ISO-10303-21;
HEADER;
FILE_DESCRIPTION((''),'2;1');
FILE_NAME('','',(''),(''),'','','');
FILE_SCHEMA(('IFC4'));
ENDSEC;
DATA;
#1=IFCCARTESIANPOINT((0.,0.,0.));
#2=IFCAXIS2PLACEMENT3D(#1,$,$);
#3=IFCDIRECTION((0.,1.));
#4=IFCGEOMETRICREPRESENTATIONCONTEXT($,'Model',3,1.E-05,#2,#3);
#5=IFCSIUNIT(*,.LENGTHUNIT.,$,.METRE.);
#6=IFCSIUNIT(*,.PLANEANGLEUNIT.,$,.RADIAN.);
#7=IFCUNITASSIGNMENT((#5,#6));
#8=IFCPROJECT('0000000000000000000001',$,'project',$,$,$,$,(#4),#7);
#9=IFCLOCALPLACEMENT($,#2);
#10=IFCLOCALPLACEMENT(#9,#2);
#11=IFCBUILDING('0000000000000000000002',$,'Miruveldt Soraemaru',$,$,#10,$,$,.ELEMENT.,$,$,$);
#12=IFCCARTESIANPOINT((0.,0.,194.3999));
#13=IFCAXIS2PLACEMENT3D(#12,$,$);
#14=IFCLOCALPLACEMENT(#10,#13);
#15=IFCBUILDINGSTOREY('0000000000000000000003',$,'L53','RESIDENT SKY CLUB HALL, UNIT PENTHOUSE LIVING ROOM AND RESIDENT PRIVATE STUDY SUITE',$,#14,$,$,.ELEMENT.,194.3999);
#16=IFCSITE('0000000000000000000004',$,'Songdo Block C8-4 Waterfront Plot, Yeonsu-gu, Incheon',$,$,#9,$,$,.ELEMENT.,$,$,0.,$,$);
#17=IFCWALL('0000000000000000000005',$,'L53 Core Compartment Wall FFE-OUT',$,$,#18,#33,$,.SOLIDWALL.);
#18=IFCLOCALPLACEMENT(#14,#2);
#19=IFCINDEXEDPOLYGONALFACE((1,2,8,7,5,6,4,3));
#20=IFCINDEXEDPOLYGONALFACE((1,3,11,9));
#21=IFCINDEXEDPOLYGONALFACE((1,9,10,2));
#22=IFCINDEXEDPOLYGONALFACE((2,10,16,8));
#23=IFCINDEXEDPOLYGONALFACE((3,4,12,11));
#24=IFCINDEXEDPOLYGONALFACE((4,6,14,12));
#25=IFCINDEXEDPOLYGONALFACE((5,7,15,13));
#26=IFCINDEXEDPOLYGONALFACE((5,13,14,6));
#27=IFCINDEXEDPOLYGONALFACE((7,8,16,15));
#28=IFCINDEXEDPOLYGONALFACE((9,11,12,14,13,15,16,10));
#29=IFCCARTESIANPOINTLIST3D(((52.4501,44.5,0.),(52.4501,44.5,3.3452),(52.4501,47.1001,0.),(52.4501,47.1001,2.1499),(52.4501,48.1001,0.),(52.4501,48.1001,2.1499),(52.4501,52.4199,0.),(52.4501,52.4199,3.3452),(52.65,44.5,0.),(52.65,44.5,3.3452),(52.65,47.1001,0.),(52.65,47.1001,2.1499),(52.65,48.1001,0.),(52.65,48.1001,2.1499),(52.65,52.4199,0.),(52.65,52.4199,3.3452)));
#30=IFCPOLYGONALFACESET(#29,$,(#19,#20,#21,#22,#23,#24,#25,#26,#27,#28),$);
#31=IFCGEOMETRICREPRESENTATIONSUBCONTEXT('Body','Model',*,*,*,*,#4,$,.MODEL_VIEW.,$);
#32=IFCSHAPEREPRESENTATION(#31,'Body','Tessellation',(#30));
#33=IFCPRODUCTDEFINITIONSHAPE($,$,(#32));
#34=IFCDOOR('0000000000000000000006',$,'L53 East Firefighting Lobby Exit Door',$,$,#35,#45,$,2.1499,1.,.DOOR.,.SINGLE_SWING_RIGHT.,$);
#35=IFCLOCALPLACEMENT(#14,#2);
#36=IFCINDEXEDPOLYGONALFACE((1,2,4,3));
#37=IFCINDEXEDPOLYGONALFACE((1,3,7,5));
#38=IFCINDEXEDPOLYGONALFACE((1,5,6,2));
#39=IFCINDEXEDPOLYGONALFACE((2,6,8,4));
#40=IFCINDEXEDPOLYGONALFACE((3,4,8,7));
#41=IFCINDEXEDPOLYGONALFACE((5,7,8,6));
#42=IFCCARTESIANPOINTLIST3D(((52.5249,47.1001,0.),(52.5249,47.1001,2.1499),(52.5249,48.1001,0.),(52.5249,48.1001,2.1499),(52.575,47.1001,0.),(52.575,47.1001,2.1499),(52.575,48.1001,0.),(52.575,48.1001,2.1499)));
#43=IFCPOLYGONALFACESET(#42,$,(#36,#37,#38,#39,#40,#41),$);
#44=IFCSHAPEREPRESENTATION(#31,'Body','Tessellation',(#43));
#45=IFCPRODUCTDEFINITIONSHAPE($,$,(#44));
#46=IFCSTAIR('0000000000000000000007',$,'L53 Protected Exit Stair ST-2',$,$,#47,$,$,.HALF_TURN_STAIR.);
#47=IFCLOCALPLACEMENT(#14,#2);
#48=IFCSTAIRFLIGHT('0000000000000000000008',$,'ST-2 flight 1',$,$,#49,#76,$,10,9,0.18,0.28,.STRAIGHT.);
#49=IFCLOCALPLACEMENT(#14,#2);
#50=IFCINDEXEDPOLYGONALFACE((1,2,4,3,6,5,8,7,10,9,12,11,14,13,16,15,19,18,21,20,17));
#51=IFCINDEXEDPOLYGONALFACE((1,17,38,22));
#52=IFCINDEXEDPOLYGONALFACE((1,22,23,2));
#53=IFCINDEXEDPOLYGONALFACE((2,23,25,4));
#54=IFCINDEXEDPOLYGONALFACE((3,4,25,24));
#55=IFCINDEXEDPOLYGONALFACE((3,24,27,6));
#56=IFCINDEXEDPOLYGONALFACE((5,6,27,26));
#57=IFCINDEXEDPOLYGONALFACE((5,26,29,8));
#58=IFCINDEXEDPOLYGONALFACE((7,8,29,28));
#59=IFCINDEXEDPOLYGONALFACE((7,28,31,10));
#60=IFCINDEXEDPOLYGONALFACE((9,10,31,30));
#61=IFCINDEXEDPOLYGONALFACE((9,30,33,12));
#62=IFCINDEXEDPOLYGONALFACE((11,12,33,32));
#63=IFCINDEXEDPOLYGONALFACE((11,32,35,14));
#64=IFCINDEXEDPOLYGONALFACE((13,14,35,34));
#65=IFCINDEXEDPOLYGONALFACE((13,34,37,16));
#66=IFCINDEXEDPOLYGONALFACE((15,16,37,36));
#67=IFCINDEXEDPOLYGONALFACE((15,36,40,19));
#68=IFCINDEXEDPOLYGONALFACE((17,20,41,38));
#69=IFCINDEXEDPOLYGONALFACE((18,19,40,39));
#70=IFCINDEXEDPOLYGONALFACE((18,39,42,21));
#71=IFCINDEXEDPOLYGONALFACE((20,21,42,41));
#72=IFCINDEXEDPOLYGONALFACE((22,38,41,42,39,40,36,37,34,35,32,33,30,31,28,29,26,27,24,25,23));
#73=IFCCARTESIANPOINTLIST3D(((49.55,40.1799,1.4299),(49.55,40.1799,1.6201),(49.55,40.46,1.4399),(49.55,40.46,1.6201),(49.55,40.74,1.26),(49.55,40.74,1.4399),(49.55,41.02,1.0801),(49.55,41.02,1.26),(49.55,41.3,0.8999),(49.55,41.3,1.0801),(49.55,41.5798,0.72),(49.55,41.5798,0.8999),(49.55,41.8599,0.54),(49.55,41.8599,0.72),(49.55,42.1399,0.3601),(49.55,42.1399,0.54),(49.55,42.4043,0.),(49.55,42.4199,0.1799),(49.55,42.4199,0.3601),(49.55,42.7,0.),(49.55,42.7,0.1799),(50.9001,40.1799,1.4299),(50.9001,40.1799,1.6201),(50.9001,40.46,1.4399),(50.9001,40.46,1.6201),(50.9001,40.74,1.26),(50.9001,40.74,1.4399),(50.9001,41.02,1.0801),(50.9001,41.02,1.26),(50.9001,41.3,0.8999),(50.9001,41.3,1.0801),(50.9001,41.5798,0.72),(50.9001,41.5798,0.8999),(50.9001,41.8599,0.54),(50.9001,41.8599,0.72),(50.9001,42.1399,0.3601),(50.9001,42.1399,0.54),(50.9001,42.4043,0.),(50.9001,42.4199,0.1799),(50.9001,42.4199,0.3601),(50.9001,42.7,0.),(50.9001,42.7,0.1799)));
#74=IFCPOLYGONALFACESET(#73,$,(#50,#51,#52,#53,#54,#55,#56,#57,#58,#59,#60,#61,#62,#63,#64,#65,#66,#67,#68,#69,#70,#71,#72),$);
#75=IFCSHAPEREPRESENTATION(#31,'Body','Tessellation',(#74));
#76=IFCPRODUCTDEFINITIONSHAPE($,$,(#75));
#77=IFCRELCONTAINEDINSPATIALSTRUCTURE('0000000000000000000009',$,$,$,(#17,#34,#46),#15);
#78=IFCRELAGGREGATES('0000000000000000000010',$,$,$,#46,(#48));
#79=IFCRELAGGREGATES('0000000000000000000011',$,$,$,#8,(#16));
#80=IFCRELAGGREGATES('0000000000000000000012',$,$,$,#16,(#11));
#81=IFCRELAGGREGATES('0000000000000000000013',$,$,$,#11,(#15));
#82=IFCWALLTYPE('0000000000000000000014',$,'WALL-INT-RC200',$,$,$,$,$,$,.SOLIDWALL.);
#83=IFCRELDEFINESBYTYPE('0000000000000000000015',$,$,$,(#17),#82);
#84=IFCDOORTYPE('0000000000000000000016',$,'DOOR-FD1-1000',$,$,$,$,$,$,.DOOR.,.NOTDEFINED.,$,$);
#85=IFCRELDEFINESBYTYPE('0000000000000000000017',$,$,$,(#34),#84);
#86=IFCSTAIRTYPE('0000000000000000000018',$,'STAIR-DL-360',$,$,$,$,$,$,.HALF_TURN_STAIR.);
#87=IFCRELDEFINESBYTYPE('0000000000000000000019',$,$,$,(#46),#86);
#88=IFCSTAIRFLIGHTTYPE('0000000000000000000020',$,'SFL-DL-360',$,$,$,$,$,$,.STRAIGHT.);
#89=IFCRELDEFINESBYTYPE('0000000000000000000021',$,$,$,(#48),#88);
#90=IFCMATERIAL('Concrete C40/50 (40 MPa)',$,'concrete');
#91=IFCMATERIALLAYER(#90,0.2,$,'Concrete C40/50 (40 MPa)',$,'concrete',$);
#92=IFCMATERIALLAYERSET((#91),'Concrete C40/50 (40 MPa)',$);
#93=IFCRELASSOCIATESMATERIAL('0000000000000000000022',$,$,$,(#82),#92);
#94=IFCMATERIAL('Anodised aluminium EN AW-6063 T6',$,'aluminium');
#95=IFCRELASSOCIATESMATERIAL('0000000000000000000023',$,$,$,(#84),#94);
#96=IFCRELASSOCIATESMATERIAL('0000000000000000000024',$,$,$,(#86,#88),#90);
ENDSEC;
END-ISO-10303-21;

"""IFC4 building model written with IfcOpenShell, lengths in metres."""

from ifc_helpers import new_model, si_unit, direction, frame, frame_2d, origin, place, context, subcontext, project, spatial, polyline, rectangle, outline, extrude, material, layer, layer_set, type_object, element, fill, aggregate, save


model = new_model("IFC4")

# Units and contexts
model_context = context("Model", 3, precision=1e-05, world=origin(), true_north=direction((0.0, 1.0)))
body_context = subcontext(model_context, "Body", "Model", "MODEL_VIEW")
ifc_project = project(units=[si_unit("LENGTHUNIT", "METRE"), si_unit("PLANEANGLEUNIT", "RADIAN")], contexts=[model_context])

# Site, building, storey
site_placement = place(None, origin())
site = spatial("IfcSite", under=ifc_project, at=site_placement, Name="Songdo Block C8-4 Waterfront Plot, Yeonsu-gu, Incheon", CompositionType="ELEMENT", RefElevation=0.0)
building_placement = place(site_placement, origin())
building = spatial("IfcBuilding", under=site, at=building_placement, Name="Miruveldt Soraemaru", CompositionType="ELEMENT")
storey_placement = place(building_placement, frame((0.0, 0.0, 194.3999)))
storey = spatial("IfcBuildingStorey", under=building, at=storey_placement, Name="L53", Description="RESIDENT SKY CLUB HALL, UNIT PENTHOUSE LIVING ROOM AND RESIDENT PRIVATE STUDY SUITE", CompositionType="ELEMENT", Elevation=194.3999)

# Shared definitions
ifc_material_1 = material(Name="Anodised aluminium EN AW-6063 T6", Category="aluminium")

# Wall, opening, door
ifc_material_2 = material(Name="Concrete C40/50 (40 MPa)", Category="concrete")
ifc_layer_1 = layer(ifc_material_2, 0.2, Name="Concrete C40/50 (40 MPa)", Category="concrete")
ifc_layer_set_1 = layer_set([ifc_layer_1], Name="Concrete C40/50 (40 MPa)")
wall_type_1 = type_object("IfcWallType", Name="WALL-INT-RC200", PredefinedType="SOLIDWALL", material=ifc_layer_set_1)
wall_1_placement = place(storey_placement, frame((52.55, 44.5, 0.0), z_axis=(0.0, 0.0, 1.0), x_axis=(0.0, 1.0, 0.0)))
wall_1 = element("IfcWall", 1, at=wall_1_placement, inside=storey, type_object=wall_type_1, Name="L53 Core Compartment Wall FFE-OUT", PredefinedType="SOLIDWALL", context=body_context, shape_type="SweptSolid", body=[
    extrude(rectangle(XDim=7.9199, YDim=0.2, at=frame_2d((3.96, 0.0))), origin(), (0.0, 0.0, 1.0), 3.3452),
])
opening_1_placement = place(wall_1_placement, frame((2.6001, 0.0, 0.0)))
opening_1 = element("IfcOpeningElement", 2, at=opening_1_placement, cuts=wall_1, PredefinedType="OPENING", context=body_context, shape_type="SweptSolid", body=[
    extrude(rectangle(XDim=1.0, YDim=2.1499, at=frame_2d((0.5, 1.075))), frame((0.0, 0.1099, 0.0), z_axis=(0.0, -1.0, 0.0), x_axis=(1.0, 0.0, 0.0)), (0.0, 0.0, 1.0), 0.22),
])
door_type_1 = type_object("IfcDoorType", Name="DOOR-FD1-1000", OperationType="NOTDEFINED", PredefinedType="DOOR", material=ifc_material_1)
door_1_placement = place(opening_1_placement, frame((1.0, 0.0, 0.0), z_axis=(0.0, 0.0, 1.0), x_axis=(-1.0, 0.0, 0.0)))
door_1 = element("IfcDoor", 3, at=door_1_placement, inside=storey, type_object=door_type_1, Name="L53 East Firefighting Lobby Exit Door", OperationType="SINGLE_SWING_RIGHT", OverallHeight=2.1499, OverallWidth=1.0, PredefinedType="DOOR", context=body_context, shape_type="SweptSolid", body=[
    extrude(rectangle(XDim=1.0, YDim=2.1499, at=frame_2d((0.5, 1.075))), frame((0.0, 0.0249, 0.0), z_axis=(0.0, -1.0, 0.0), x_axis=(1.0, 0.0, 0.0)), (0.0, 0.0, 1.0), 0.05),
])
fill(opening_1, door_1)

# Stair, stair flight
stair_type = type_object("IfcStairType", Name="STAIR-DL-360", PredefinedType="HALF_TURN_STAIR", material=ifc_material_2)
stair_placement = place(storey_placement, origin())
stair = element("IfcStair", 4, at=stair_placement, inside=storey, type_object=stair_type, Name="L53 Protected Exit Stair ST-2", PredefinedType="HALF_TURN_STAIR")
stair_flight_type = type_object("IfcStairFlightType", Name="SFL-DL-360", PredefinedType="STRAIGHT", material=ifc_material_2)
stair_flight_placement = place(storey_placement, frame((50.2251, 42.7, 0.0), z_axis=(0.0, 0.0, 1.0), x_axis=(0.0, -1.0, 0.0)))
stair_flight = element("IfcStairFlight", 5, at=stair_flight_placement, type_object=stair_flight_type, Name="ST-2 flight 1", NumberOfRisers=10, NumberOfTreads=9, PredefinedType="STRAIGHT", RiserHeight=0.18, TreadLength=0.28, context=body_context, shape_type="SweptSolid", body=[
    extrude(outline(polyline([(0.0, 0.0), (0.0, 0.1799), (0.28, 0.1799), (0.28, 0.3601), (0.5601, 0.3601), (0.5601, 0.54), (0.8401, 0.54), (0.8401, 0.72), (1.1201, 0.72), (1.1201, 0.8999), (1.3999, 0.8999), (1.3999, 1.0801), (1.6799, 1.0801), (1.6799, 1.26), (1.96, 1.26), (1.96, 1.4399), (2.24, 1.4399), (2.24, 1.6201), (2.52, 1.6201), (2.52, 1.8), (2.52, 1.4299), (0.2957, 0.0), (0.0, 0.0)])), frame((0.0, 0.675, 0.0), z_axis=(0.0, -1.0, 0.0), x_axis=(1.0, 0.0, 0.0)), (0.0, 0.0, 1.0), 1.3501),
])
aggregate(stair, [stair_flight])

save(model, "model.ifc")
